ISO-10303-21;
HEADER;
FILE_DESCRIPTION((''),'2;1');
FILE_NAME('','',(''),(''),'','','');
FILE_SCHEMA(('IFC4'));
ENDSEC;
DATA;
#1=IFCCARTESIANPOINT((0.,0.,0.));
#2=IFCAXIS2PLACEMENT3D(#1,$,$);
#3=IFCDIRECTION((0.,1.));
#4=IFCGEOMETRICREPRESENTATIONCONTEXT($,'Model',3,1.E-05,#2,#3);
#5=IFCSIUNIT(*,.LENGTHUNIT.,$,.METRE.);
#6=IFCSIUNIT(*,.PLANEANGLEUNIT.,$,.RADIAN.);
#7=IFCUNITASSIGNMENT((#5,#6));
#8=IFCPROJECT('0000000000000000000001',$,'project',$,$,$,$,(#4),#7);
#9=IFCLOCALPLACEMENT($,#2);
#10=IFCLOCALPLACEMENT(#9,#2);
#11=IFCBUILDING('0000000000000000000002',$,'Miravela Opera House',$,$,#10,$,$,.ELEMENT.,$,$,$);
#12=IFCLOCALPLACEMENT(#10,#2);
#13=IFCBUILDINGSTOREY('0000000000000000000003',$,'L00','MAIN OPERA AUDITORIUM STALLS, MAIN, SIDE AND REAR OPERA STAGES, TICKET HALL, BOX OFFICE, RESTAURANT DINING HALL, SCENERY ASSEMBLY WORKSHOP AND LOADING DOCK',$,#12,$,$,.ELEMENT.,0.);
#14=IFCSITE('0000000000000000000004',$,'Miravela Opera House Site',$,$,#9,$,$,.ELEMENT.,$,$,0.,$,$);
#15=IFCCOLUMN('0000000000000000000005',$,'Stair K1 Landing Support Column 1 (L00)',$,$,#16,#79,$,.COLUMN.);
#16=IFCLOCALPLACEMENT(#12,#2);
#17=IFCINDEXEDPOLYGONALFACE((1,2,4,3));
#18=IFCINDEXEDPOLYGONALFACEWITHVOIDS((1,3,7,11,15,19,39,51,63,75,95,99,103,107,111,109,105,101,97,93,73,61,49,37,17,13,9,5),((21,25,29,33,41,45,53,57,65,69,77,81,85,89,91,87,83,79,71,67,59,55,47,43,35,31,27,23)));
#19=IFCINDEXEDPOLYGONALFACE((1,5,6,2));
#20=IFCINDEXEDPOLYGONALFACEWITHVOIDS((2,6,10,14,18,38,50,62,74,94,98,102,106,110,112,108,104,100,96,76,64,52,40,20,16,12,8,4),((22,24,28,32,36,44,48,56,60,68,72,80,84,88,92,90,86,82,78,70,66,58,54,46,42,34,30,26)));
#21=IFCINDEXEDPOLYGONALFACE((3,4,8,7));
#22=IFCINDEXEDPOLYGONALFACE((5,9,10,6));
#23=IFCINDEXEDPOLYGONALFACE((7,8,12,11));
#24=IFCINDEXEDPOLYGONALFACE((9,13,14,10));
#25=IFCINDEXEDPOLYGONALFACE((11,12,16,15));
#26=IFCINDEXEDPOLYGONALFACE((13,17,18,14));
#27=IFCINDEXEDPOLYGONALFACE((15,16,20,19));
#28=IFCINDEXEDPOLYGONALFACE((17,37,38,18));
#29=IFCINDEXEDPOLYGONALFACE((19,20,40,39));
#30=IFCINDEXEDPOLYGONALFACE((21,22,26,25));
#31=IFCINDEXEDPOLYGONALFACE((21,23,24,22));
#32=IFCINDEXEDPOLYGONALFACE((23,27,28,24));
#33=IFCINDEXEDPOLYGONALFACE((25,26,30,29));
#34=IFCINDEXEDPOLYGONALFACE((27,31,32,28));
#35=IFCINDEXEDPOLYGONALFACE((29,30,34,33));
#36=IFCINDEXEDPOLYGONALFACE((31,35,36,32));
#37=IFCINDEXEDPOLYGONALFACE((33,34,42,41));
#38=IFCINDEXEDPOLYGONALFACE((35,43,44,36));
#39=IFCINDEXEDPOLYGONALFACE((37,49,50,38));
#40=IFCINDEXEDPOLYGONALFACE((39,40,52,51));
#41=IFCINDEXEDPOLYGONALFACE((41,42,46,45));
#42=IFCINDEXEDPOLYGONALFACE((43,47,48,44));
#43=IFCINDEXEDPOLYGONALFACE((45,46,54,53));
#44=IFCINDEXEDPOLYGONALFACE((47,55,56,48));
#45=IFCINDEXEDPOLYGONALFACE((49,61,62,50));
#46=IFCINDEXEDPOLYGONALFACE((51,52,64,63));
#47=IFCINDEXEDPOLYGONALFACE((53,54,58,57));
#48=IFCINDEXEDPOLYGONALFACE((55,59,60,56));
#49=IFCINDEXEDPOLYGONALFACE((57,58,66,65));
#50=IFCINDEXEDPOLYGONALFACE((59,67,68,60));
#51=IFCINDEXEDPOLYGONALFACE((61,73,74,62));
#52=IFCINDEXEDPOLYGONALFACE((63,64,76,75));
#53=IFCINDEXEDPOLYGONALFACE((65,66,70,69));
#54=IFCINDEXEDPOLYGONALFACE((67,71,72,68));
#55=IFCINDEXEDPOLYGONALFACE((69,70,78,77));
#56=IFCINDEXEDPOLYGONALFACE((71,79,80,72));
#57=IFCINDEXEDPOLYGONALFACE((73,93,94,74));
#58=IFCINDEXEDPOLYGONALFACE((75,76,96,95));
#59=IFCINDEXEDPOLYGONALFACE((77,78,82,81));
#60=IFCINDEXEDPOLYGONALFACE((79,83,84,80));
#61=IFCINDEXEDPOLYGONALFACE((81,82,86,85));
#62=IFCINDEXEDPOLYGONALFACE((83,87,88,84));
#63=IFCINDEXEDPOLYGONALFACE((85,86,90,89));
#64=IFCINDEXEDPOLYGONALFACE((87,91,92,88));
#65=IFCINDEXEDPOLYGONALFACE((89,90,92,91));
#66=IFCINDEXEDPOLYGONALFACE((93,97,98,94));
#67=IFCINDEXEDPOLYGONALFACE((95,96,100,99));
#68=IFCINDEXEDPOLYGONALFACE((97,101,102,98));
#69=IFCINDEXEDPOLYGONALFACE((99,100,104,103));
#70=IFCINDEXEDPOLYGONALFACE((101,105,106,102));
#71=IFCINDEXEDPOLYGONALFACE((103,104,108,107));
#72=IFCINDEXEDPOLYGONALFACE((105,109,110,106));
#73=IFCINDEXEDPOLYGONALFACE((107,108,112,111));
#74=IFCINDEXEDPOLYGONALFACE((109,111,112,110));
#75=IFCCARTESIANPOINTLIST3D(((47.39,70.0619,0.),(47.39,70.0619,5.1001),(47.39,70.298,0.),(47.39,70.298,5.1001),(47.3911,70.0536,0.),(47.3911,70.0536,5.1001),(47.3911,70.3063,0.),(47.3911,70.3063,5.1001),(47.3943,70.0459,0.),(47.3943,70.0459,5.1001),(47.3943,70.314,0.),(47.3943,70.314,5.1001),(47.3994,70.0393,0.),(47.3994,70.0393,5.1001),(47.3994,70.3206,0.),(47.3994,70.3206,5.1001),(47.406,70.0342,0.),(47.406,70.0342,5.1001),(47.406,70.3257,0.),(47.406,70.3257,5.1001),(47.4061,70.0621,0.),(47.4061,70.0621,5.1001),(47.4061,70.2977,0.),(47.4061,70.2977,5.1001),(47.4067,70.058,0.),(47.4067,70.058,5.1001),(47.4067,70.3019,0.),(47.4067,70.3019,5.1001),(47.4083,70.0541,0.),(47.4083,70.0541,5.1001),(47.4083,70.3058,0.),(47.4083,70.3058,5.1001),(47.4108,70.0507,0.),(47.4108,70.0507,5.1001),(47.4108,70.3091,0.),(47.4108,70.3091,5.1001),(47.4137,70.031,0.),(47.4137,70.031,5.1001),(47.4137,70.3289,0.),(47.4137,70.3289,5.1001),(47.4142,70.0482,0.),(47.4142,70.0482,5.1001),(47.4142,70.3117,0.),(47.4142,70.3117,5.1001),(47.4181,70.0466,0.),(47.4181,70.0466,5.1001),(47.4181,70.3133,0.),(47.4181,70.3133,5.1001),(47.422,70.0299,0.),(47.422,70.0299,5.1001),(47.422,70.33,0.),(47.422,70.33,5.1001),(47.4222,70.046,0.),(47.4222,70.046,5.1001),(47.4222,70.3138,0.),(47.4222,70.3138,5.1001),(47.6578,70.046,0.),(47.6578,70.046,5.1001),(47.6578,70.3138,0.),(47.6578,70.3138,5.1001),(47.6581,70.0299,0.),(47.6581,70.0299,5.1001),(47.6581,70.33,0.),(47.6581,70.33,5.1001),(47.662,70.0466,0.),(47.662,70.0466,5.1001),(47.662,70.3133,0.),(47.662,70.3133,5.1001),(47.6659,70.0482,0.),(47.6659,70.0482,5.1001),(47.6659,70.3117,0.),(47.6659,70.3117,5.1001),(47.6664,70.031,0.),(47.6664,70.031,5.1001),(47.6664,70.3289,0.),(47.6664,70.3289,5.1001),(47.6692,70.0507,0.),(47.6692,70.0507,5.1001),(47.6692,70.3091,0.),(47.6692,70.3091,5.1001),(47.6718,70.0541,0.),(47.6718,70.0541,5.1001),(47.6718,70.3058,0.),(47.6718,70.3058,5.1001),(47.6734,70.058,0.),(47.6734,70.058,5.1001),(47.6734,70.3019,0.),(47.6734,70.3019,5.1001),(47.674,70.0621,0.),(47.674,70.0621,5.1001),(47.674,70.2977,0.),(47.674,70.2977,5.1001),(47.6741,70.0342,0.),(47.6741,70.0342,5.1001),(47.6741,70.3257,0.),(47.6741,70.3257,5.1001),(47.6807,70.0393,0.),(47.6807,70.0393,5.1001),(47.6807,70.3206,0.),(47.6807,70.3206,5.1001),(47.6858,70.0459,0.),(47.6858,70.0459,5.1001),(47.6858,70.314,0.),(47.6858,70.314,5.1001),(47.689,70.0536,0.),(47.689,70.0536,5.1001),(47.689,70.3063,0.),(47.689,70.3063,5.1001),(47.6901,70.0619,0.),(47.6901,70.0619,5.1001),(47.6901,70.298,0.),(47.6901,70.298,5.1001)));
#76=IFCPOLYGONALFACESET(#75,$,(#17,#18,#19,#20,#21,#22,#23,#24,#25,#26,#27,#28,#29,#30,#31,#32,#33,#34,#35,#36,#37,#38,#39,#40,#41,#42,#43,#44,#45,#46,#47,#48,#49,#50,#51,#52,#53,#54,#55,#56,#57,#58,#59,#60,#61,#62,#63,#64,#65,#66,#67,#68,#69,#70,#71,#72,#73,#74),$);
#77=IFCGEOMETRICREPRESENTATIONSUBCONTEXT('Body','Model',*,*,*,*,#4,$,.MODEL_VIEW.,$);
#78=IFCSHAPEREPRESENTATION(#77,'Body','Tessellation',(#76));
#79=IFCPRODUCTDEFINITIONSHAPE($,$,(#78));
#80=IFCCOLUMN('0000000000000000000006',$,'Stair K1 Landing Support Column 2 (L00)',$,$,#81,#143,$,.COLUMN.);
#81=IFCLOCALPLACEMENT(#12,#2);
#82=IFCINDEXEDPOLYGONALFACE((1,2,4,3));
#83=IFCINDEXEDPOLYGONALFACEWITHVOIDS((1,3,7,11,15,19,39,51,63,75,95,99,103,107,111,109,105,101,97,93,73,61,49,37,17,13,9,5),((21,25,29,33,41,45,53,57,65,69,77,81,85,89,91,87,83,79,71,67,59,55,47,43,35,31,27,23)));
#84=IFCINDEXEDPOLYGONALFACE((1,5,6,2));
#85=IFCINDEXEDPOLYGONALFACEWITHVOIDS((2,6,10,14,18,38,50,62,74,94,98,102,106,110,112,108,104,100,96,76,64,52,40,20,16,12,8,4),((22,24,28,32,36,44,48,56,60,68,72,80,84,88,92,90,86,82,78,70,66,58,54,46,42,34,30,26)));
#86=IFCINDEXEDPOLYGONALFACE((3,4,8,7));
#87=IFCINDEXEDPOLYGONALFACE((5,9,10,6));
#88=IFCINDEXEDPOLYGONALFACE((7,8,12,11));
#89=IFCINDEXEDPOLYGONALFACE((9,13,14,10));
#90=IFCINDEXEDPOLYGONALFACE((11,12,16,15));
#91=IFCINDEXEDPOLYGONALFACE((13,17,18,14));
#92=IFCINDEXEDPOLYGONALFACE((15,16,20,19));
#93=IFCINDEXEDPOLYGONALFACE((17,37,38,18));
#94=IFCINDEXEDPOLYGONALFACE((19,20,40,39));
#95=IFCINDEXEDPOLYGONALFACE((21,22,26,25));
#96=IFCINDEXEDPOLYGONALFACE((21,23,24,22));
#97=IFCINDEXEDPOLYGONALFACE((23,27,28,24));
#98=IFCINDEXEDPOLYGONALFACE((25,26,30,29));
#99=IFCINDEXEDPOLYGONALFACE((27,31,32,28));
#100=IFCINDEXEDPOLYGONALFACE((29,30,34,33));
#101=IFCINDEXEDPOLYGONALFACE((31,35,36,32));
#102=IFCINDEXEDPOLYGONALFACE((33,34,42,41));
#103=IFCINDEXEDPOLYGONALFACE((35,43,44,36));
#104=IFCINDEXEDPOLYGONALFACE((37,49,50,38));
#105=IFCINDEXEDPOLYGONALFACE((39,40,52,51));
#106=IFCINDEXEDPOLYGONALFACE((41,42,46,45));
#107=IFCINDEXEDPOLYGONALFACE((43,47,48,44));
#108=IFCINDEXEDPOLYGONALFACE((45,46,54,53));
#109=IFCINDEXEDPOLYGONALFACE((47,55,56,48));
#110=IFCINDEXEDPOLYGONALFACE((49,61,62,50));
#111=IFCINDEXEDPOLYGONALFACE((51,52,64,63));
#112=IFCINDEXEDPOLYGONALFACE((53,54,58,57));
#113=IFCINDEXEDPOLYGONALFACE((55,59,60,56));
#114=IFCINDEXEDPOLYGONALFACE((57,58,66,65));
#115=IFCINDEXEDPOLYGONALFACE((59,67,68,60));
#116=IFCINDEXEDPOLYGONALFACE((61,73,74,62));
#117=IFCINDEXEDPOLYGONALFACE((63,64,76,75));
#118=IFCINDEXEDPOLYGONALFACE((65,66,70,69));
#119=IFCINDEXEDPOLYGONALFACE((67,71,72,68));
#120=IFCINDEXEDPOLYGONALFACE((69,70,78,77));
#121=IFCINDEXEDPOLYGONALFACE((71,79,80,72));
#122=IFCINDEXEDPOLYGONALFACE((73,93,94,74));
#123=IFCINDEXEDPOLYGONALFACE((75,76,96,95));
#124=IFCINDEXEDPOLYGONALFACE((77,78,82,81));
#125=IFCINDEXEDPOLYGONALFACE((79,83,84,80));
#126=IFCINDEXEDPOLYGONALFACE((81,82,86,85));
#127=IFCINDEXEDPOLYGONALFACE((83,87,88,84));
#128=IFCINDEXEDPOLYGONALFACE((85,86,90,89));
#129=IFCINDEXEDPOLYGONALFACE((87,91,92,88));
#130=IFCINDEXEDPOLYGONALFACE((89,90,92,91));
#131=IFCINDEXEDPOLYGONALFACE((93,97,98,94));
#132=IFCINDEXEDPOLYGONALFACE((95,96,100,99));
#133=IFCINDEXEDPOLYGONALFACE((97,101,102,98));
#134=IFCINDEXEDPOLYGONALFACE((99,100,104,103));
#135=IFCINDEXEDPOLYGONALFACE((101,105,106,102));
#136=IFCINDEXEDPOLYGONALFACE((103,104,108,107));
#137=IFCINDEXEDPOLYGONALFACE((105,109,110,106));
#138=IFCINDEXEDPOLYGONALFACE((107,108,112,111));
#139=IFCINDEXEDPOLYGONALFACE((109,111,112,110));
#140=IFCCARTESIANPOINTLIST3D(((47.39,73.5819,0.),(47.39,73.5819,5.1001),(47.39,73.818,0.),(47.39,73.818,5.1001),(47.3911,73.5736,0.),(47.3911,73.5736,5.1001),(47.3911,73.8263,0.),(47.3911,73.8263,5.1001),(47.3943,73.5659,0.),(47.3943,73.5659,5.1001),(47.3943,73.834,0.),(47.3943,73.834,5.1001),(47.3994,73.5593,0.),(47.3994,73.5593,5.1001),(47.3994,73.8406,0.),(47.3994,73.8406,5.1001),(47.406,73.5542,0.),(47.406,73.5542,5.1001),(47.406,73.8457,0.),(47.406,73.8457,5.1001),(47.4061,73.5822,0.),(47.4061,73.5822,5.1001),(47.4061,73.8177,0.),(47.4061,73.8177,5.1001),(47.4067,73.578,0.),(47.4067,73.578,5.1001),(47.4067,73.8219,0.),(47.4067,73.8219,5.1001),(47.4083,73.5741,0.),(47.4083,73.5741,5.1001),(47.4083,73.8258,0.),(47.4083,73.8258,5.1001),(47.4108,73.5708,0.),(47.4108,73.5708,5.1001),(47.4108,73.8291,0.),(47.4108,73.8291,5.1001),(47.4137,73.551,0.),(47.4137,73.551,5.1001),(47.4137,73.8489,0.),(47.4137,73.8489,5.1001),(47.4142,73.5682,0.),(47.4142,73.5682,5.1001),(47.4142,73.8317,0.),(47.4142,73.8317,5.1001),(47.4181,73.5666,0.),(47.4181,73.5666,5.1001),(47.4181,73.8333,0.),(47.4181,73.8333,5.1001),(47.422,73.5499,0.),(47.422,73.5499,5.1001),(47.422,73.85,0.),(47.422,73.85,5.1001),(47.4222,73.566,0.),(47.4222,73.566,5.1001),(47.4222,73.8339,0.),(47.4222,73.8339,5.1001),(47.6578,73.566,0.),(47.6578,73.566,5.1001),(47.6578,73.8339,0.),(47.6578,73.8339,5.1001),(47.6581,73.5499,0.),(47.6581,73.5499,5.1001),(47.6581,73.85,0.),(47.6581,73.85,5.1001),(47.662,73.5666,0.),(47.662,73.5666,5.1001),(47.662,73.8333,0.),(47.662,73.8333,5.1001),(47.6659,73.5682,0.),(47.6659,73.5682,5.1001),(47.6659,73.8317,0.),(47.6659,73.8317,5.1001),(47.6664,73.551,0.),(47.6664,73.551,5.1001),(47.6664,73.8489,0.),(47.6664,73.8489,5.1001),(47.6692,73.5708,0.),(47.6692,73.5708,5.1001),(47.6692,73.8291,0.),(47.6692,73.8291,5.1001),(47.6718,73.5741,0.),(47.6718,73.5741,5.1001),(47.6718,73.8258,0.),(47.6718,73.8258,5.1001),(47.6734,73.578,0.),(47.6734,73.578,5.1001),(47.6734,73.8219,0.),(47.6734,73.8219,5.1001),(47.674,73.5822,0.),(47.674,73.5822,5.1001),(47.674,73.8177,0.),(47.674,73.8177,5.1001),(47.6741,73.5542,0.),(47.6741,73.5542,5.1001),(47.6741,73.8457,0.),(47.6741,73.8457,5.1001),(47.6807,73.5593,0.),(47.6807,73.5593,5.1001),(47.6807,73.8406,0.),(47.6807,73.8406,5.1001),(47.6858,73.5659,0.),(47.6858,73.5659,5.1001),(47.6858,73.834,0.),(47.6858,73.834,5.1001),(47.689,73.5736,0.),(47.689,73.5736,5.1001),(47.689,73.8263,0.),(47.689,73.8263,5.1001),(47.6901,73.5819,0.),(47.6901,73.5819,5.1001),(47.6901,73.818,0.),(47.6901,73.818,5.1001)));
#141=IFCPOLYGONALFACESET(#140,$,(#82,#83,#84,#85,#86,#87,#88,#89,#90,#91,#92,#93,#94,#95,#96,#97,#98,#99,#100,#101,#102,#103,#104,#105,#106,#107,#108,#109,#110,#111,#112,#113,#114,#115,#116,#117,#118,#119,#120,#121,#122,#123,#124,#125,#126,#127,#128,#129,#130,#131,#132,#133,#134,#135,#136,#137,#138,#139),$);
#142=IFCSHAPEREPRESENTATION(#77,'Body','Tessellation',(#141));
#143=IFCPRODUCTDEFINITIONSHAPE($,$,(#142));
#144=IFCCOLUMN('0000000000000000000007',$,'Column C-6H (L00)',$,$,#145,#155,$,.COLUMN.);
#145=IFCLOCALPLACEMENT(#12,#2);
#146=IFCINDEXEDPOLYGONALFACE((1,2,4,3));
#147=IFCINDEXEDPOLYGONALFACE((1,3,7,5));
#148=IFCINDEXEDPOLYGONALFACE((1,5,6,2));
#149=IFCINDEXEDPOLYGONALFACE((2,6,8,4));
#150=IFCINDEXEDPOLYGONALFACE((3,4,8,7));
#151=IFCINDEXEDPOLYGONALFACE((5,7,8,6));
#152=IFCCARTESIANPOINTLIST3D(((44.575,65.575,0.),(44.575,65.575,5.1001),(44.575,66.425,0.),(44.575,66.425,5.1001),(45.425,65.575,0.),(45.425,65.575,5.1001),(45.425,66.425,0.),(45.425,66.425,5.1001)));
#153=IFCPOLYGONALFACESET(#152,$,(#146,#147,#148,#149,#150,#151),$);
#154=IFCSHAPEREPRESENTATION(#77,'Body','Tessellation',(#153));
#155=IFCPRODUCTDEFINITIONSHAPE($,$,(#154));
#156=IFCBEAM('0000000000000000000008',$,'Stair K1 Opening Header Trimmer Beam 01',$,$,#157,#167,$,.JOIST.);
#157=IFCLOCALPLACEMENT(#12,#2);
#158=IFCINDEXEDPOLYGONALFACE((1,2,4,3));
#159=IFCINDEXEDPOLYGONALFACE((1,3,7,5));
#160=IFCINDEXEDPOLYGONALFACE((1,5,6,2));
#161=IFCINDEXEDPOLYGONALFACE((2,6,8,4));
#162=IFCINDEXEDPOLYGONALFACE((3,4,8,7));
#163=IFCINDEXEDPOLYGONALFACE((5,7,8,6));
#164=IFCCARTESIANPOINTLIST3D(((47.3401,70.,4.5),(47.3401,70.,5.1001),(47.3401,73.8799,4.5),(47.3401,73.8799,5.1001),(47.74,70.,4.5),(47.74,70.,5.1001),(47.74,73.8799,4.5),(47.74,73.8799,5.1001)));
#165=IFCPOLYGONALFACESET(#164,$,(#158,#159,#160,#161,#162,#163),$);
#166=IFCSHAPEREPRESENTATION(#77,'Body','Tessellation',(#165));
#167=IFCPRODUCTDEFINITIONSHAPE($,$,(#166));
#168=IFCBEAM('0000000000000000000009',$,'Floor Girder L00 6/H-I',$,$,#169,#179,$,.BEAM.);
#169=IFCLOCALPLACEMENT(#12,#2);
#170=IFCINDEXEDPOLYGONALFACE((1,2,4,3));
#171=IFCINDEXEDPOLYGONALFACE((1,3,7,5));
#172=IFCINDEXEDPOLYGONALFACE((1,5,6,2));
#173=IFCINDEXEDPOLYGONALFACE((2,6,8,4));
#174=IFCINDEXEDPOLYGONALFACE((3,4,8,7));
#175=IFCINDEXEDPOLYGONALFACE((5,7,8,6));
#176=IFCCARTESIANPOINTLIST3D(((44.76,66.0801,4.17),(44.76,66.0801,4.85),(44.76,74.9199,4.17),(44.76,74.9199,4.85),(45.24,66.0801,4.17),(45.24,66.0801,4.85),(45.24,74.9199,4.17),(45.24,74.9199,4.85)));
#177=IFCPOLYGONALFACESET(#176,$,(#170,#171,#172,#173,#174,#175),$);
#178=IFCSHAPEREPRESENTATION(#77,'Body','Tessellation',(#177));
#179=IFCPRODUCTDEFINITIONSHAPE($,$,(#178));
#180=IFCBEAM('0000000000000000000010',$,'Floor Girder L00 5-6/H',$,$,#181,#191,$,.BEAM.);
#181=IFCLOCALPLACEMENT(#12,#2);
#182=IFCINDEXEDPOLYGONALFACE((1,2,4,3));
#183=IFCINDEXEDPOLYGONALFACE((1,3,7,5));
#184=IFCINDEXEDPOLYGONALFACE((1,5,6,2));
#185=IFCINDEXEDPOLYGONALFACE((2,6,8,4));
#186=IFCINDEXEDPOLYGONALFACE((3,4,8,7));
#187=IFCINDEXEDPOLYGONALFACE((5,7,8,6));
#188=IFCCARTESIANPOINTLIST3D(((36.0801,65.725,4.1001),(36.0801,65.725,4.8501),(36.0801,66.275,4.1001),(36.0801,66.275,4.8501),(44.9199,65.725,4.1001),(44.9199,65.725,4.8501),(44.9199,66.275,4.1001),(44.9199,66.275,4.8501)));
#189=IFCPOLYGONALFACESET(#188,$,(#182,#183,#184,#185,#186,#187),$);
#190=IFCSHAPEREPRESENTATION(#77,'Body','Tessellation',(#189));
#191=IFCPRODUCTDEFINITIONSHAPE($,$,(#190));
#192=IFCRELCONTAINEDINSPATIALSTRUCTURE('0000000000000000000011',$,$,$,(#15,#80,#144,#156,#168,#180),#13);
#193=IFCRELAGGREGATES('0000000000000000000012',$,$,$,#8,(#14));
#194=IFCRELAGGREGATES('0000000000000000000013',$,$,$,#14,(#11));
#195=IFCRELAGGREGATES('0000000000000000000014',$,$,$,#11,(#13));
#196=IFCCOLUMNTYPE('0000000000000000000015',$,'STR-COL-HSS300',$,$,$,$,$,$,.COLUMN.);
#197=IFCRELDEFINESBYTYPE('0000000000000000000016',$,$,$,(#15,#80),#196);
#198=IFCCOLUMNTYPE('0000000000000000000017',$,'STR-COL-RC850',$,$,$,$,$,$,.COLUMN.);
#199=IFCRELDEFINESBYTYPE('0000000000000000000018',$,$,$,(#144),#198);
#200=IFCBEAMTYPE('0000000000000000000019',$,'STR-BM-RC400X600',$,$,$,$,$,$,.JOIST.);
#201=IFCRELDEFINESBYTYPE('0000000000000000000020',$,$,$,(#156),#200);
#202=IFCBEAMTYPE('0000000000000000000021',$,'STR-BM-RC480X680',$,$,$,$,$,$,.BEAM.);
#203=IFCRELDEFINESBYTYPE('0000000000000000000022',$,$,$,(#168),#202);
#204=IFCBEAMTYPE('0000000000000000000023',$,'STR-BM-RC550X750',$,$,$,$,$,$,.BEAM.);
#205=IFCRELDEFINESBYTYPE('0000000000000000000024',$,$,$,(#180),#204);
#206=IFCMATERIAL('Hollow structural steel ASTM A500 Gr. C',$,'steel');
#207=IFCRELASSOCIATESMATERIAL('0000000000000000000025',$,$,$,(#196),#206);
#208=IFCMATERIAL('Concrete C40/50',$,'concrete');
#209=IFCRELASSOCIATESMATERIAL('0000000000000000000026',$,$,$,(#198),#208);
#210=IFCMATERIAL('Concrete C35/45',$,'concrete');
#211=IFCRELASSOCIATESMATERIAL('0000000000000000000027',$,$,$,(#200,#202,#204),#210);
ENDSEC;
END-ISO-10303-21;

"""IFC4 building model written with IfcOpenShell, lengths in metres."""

from ifc_helpers import new_model, si_unit, direction, frame, origin, origin_2d, place, context, subcontext, project, spatial, rectangle, hollow_rectangle, extrude, material, material_profile, profile_set, type_object, element, save


model = new_model("IFC4")

# Units and contexts
model_context = context("Model", 3, precision=1e-05, world=origin(), true_north=direction((0.0, 1.0)))
body_context = subcontext(model_context, "Body", "Model", "MODEL_VIEW")
ifc_project = project(units=[si_unit("LENGTHUNIT", "METRE"), si_unit("PLANEANGLEUNIT", "RADIAN")], contexts=[model_context])

# Site, building, storey
site_placement = place(None, origin())
site = spatial("IfcSite", under=ifc_project, at=site_placement, Name="Miravela Opera House Site", CompositionType="ELEMENT", RefElevation=0.0)
building_placement = place(site_placement, origin())
building = spatial("IfcBuilding", under=site, at=building_placement, Name="Miravela Opera House", CompositionType="ELEMENT")
storey_placement = place(building_placement, origin())
storey = spatial("IfcBuildingStorey", under=building, at=storey_placement, Name="L00", Description="MAIN OPERA AUDITORIUM STALLS, MAIN, SIDE AND REAR OPERA STAGES, TICKET HALL, BOX OFFICE, RESTAURANT DINING HALL, SCENERY ASSEMBLY WORKSHOP AND LOADING DOCK", CompositionType="ELEMENT", Elevation=0.0)

# Columns
ifc_material_1 = material(Name="Hollow structural steel ASTM A500 Gr. C", Category="steel")
ifc_material_profile_1 = material_profile(ifc_material_1, hollow_rectangle(XDim=0.3, YDim=0.3, WallThickness=0.0161, InnerFilletRadius=0.0161, OuterFilletRadius=0.032, at=origin_2d()), Name="HSS300X300X16")
ifc_profile_set_1 = profile_set([ifc_material_profile_1])
column_type_1 = type_object("IfcColumnType", Name="STR-COL-HSS300", PredefinedType="COLUMN", material=ifc_profile_set_1)
for number, where, z_axis, x_axis, name in (
    (1, (47.54, 70.1799, 0.0), (0.0, 0.0, 1.0), (1.0, 0.0, 0.0), "Stair K1 Landing Support Column 1 (L00)"),
    (2, (47.54, 73.7, 0.0), (0.0, 0.0, 1.0), (1.0, 0.0, 0.0), "Stair K1 Landing Support Column 2 (L00)"),
):
    element("IfcColumn", number, at=place(storey_placement, frame(where, z_axis=z_axis, x_axis=x_axis)), inside=storey, type_object=column_type_1, Name=name, PredefinedType="COLUMN", context=body_context, shape_type="SweptSolid", body=[
        extrude(hollow_rectangle(XDim=0.3, YDim=0.3, WallThickness=0.0161, InnerFilletRadius=0.0161, OuterFilletRadius=0.032, at=origin_2d()), origin(), (0.0, 0.0, 1.0), 5.1001),
    ])
ifc_material_2 = material(Name="Concrete C40/50", Category="concrete")
ifc_material_profile_2 = material_profile(ifc_material_2, rectangle(XDim=0.8501, YDim=0.8501, at=origin_2d()), Name="RC-COL-850X850")
ifc_profile_set_2 = profile_set([ifc_material_profile_2])
column_type_2 = type_object("IfcColumnType", Name="STR-COL-RC850", PredefinedType="COLUMN", material=ifc_profile_set_2)
column_placement = place(storey_placement, frame((45.0, 66.0, 0.0), z_axis=(0.0, 0.0, 1.0), x_axis=(1.0, 0.0, 0.0)))
element("IfcColumn", 3, at=column_placement, inside=storey, type_object=column_type_2, Name="Column C-6H (L00)", PredefinedType="COLUMN", context=body_context, shape_type="SweptSolid", body=[
    extrude(rectangle(XDim=0.8501, YDim=0.8501, at=origin_2d()), origin(), (0.0, 0.0, 1.0), 5.1001),
])

# Beams
ifc_material_3 = material(Name="Concrete C35/45", Category="concrete")
ifc_material_profile_3 = material_profile(ifc_material_3, rectangle(XDim=0.3999, YDim=0.6001, at=origin_2d()), Name="RC-BM-400X600")
ifc_profile_set_3 = profile_set([ifc_material_profile_3])
beam_type_1 = type_object("IfcBeamType", Name="STR-BM-RC400X600", PredefinedType="JOIST", material=ifc_profile_set_3)
beam_1_placement = place(storey_placement, frame((47.54, 70.0, 4.8), z_axis=(0.0, 1.0, 0.0), x_axis=(-1.0, 0.0, 0.0)))
element("IfcBeam", 4, at=beam_1_placement, inside=storey, type_object=beam_type_1, Name="Stair K1 Opening Header Trimmer Beam 01", PredefinedType="JOIST", context=body_context, shape_type="SweptSolid", body=[
    extrude(rectangle(XDim=0.3999, YDim=0.6001, at=origin_2d()), origin(), (0.0, 0.0, 1.0), 3.8799),
])
ifc_material_profile_4 = material_profile(ifc_material_3, rectangle(XDim=0.48, YDim=0.6799, at=origin_2d()), Name="RC-BM-480X680")
ifc_profile_set_4 = profile_set([ifc_material_profile_4])
beam_type_2 = type_object("IfcBeamType", Name="STR-BM-RC480X680", PredefinedType="BEAM", material=ifc_profile_set_4)
beam_2_placement = place(storey_placement, frame((45.0, 66.0801, 4.51), z_axis=(0.0, 1.0, 0.0), x_axis=(-1.0, 0.0, 0.0)))
element("IfcBeam", 5, at=beam_2_placement, inside=storey, type_object=beam_type_2, Name="Floor Girder L00 6/H-I", PredefinedType="BEAM", context=body_context, shape_type="SweptSolid", body=[
    extrude(rectangle(XDim=0.48, YDim=0.6799, at=origin_2d()), origin(), (0.0, 0.0, 1.0), 8.8398),
])
ifc_material_profile_5 = material_profile(ifc_material_3, rectangle(XDim=0.55, YDim=0.75, at=origin_2d()), Name="RC-BM-550X750")
ifc_profile_set_5 = profile_set([ifc_material_profile_5])
beam_type_3 = type_object("IfcBeamType", Name="STR-BM-RC550X750", PredefinedType="BEAM", material=ifc_profile_set_5)
beam_3_placement = place(storey_placement, frame((36.0801, 66.0, 4.4751), z_axis=(1.0, 0.0, 0.0), x_axis=(0.0, 1.0, 0.0)))
element("IfcBeam", 6, at=beam_3_placement, inside=storey, type_object=beam_type_3, Name="Floor Girder L00 5-6/H", PredefinedType="BEAM", context=body_context, shape_type="SweptSolid", body=[
    extrude(rectangle(XDim=0.55, YDim=0.75, at=origin_2d()), origin(), (0.0, 0.0, 1.0), 8.8398),
])

save(model, "model.ifc")
